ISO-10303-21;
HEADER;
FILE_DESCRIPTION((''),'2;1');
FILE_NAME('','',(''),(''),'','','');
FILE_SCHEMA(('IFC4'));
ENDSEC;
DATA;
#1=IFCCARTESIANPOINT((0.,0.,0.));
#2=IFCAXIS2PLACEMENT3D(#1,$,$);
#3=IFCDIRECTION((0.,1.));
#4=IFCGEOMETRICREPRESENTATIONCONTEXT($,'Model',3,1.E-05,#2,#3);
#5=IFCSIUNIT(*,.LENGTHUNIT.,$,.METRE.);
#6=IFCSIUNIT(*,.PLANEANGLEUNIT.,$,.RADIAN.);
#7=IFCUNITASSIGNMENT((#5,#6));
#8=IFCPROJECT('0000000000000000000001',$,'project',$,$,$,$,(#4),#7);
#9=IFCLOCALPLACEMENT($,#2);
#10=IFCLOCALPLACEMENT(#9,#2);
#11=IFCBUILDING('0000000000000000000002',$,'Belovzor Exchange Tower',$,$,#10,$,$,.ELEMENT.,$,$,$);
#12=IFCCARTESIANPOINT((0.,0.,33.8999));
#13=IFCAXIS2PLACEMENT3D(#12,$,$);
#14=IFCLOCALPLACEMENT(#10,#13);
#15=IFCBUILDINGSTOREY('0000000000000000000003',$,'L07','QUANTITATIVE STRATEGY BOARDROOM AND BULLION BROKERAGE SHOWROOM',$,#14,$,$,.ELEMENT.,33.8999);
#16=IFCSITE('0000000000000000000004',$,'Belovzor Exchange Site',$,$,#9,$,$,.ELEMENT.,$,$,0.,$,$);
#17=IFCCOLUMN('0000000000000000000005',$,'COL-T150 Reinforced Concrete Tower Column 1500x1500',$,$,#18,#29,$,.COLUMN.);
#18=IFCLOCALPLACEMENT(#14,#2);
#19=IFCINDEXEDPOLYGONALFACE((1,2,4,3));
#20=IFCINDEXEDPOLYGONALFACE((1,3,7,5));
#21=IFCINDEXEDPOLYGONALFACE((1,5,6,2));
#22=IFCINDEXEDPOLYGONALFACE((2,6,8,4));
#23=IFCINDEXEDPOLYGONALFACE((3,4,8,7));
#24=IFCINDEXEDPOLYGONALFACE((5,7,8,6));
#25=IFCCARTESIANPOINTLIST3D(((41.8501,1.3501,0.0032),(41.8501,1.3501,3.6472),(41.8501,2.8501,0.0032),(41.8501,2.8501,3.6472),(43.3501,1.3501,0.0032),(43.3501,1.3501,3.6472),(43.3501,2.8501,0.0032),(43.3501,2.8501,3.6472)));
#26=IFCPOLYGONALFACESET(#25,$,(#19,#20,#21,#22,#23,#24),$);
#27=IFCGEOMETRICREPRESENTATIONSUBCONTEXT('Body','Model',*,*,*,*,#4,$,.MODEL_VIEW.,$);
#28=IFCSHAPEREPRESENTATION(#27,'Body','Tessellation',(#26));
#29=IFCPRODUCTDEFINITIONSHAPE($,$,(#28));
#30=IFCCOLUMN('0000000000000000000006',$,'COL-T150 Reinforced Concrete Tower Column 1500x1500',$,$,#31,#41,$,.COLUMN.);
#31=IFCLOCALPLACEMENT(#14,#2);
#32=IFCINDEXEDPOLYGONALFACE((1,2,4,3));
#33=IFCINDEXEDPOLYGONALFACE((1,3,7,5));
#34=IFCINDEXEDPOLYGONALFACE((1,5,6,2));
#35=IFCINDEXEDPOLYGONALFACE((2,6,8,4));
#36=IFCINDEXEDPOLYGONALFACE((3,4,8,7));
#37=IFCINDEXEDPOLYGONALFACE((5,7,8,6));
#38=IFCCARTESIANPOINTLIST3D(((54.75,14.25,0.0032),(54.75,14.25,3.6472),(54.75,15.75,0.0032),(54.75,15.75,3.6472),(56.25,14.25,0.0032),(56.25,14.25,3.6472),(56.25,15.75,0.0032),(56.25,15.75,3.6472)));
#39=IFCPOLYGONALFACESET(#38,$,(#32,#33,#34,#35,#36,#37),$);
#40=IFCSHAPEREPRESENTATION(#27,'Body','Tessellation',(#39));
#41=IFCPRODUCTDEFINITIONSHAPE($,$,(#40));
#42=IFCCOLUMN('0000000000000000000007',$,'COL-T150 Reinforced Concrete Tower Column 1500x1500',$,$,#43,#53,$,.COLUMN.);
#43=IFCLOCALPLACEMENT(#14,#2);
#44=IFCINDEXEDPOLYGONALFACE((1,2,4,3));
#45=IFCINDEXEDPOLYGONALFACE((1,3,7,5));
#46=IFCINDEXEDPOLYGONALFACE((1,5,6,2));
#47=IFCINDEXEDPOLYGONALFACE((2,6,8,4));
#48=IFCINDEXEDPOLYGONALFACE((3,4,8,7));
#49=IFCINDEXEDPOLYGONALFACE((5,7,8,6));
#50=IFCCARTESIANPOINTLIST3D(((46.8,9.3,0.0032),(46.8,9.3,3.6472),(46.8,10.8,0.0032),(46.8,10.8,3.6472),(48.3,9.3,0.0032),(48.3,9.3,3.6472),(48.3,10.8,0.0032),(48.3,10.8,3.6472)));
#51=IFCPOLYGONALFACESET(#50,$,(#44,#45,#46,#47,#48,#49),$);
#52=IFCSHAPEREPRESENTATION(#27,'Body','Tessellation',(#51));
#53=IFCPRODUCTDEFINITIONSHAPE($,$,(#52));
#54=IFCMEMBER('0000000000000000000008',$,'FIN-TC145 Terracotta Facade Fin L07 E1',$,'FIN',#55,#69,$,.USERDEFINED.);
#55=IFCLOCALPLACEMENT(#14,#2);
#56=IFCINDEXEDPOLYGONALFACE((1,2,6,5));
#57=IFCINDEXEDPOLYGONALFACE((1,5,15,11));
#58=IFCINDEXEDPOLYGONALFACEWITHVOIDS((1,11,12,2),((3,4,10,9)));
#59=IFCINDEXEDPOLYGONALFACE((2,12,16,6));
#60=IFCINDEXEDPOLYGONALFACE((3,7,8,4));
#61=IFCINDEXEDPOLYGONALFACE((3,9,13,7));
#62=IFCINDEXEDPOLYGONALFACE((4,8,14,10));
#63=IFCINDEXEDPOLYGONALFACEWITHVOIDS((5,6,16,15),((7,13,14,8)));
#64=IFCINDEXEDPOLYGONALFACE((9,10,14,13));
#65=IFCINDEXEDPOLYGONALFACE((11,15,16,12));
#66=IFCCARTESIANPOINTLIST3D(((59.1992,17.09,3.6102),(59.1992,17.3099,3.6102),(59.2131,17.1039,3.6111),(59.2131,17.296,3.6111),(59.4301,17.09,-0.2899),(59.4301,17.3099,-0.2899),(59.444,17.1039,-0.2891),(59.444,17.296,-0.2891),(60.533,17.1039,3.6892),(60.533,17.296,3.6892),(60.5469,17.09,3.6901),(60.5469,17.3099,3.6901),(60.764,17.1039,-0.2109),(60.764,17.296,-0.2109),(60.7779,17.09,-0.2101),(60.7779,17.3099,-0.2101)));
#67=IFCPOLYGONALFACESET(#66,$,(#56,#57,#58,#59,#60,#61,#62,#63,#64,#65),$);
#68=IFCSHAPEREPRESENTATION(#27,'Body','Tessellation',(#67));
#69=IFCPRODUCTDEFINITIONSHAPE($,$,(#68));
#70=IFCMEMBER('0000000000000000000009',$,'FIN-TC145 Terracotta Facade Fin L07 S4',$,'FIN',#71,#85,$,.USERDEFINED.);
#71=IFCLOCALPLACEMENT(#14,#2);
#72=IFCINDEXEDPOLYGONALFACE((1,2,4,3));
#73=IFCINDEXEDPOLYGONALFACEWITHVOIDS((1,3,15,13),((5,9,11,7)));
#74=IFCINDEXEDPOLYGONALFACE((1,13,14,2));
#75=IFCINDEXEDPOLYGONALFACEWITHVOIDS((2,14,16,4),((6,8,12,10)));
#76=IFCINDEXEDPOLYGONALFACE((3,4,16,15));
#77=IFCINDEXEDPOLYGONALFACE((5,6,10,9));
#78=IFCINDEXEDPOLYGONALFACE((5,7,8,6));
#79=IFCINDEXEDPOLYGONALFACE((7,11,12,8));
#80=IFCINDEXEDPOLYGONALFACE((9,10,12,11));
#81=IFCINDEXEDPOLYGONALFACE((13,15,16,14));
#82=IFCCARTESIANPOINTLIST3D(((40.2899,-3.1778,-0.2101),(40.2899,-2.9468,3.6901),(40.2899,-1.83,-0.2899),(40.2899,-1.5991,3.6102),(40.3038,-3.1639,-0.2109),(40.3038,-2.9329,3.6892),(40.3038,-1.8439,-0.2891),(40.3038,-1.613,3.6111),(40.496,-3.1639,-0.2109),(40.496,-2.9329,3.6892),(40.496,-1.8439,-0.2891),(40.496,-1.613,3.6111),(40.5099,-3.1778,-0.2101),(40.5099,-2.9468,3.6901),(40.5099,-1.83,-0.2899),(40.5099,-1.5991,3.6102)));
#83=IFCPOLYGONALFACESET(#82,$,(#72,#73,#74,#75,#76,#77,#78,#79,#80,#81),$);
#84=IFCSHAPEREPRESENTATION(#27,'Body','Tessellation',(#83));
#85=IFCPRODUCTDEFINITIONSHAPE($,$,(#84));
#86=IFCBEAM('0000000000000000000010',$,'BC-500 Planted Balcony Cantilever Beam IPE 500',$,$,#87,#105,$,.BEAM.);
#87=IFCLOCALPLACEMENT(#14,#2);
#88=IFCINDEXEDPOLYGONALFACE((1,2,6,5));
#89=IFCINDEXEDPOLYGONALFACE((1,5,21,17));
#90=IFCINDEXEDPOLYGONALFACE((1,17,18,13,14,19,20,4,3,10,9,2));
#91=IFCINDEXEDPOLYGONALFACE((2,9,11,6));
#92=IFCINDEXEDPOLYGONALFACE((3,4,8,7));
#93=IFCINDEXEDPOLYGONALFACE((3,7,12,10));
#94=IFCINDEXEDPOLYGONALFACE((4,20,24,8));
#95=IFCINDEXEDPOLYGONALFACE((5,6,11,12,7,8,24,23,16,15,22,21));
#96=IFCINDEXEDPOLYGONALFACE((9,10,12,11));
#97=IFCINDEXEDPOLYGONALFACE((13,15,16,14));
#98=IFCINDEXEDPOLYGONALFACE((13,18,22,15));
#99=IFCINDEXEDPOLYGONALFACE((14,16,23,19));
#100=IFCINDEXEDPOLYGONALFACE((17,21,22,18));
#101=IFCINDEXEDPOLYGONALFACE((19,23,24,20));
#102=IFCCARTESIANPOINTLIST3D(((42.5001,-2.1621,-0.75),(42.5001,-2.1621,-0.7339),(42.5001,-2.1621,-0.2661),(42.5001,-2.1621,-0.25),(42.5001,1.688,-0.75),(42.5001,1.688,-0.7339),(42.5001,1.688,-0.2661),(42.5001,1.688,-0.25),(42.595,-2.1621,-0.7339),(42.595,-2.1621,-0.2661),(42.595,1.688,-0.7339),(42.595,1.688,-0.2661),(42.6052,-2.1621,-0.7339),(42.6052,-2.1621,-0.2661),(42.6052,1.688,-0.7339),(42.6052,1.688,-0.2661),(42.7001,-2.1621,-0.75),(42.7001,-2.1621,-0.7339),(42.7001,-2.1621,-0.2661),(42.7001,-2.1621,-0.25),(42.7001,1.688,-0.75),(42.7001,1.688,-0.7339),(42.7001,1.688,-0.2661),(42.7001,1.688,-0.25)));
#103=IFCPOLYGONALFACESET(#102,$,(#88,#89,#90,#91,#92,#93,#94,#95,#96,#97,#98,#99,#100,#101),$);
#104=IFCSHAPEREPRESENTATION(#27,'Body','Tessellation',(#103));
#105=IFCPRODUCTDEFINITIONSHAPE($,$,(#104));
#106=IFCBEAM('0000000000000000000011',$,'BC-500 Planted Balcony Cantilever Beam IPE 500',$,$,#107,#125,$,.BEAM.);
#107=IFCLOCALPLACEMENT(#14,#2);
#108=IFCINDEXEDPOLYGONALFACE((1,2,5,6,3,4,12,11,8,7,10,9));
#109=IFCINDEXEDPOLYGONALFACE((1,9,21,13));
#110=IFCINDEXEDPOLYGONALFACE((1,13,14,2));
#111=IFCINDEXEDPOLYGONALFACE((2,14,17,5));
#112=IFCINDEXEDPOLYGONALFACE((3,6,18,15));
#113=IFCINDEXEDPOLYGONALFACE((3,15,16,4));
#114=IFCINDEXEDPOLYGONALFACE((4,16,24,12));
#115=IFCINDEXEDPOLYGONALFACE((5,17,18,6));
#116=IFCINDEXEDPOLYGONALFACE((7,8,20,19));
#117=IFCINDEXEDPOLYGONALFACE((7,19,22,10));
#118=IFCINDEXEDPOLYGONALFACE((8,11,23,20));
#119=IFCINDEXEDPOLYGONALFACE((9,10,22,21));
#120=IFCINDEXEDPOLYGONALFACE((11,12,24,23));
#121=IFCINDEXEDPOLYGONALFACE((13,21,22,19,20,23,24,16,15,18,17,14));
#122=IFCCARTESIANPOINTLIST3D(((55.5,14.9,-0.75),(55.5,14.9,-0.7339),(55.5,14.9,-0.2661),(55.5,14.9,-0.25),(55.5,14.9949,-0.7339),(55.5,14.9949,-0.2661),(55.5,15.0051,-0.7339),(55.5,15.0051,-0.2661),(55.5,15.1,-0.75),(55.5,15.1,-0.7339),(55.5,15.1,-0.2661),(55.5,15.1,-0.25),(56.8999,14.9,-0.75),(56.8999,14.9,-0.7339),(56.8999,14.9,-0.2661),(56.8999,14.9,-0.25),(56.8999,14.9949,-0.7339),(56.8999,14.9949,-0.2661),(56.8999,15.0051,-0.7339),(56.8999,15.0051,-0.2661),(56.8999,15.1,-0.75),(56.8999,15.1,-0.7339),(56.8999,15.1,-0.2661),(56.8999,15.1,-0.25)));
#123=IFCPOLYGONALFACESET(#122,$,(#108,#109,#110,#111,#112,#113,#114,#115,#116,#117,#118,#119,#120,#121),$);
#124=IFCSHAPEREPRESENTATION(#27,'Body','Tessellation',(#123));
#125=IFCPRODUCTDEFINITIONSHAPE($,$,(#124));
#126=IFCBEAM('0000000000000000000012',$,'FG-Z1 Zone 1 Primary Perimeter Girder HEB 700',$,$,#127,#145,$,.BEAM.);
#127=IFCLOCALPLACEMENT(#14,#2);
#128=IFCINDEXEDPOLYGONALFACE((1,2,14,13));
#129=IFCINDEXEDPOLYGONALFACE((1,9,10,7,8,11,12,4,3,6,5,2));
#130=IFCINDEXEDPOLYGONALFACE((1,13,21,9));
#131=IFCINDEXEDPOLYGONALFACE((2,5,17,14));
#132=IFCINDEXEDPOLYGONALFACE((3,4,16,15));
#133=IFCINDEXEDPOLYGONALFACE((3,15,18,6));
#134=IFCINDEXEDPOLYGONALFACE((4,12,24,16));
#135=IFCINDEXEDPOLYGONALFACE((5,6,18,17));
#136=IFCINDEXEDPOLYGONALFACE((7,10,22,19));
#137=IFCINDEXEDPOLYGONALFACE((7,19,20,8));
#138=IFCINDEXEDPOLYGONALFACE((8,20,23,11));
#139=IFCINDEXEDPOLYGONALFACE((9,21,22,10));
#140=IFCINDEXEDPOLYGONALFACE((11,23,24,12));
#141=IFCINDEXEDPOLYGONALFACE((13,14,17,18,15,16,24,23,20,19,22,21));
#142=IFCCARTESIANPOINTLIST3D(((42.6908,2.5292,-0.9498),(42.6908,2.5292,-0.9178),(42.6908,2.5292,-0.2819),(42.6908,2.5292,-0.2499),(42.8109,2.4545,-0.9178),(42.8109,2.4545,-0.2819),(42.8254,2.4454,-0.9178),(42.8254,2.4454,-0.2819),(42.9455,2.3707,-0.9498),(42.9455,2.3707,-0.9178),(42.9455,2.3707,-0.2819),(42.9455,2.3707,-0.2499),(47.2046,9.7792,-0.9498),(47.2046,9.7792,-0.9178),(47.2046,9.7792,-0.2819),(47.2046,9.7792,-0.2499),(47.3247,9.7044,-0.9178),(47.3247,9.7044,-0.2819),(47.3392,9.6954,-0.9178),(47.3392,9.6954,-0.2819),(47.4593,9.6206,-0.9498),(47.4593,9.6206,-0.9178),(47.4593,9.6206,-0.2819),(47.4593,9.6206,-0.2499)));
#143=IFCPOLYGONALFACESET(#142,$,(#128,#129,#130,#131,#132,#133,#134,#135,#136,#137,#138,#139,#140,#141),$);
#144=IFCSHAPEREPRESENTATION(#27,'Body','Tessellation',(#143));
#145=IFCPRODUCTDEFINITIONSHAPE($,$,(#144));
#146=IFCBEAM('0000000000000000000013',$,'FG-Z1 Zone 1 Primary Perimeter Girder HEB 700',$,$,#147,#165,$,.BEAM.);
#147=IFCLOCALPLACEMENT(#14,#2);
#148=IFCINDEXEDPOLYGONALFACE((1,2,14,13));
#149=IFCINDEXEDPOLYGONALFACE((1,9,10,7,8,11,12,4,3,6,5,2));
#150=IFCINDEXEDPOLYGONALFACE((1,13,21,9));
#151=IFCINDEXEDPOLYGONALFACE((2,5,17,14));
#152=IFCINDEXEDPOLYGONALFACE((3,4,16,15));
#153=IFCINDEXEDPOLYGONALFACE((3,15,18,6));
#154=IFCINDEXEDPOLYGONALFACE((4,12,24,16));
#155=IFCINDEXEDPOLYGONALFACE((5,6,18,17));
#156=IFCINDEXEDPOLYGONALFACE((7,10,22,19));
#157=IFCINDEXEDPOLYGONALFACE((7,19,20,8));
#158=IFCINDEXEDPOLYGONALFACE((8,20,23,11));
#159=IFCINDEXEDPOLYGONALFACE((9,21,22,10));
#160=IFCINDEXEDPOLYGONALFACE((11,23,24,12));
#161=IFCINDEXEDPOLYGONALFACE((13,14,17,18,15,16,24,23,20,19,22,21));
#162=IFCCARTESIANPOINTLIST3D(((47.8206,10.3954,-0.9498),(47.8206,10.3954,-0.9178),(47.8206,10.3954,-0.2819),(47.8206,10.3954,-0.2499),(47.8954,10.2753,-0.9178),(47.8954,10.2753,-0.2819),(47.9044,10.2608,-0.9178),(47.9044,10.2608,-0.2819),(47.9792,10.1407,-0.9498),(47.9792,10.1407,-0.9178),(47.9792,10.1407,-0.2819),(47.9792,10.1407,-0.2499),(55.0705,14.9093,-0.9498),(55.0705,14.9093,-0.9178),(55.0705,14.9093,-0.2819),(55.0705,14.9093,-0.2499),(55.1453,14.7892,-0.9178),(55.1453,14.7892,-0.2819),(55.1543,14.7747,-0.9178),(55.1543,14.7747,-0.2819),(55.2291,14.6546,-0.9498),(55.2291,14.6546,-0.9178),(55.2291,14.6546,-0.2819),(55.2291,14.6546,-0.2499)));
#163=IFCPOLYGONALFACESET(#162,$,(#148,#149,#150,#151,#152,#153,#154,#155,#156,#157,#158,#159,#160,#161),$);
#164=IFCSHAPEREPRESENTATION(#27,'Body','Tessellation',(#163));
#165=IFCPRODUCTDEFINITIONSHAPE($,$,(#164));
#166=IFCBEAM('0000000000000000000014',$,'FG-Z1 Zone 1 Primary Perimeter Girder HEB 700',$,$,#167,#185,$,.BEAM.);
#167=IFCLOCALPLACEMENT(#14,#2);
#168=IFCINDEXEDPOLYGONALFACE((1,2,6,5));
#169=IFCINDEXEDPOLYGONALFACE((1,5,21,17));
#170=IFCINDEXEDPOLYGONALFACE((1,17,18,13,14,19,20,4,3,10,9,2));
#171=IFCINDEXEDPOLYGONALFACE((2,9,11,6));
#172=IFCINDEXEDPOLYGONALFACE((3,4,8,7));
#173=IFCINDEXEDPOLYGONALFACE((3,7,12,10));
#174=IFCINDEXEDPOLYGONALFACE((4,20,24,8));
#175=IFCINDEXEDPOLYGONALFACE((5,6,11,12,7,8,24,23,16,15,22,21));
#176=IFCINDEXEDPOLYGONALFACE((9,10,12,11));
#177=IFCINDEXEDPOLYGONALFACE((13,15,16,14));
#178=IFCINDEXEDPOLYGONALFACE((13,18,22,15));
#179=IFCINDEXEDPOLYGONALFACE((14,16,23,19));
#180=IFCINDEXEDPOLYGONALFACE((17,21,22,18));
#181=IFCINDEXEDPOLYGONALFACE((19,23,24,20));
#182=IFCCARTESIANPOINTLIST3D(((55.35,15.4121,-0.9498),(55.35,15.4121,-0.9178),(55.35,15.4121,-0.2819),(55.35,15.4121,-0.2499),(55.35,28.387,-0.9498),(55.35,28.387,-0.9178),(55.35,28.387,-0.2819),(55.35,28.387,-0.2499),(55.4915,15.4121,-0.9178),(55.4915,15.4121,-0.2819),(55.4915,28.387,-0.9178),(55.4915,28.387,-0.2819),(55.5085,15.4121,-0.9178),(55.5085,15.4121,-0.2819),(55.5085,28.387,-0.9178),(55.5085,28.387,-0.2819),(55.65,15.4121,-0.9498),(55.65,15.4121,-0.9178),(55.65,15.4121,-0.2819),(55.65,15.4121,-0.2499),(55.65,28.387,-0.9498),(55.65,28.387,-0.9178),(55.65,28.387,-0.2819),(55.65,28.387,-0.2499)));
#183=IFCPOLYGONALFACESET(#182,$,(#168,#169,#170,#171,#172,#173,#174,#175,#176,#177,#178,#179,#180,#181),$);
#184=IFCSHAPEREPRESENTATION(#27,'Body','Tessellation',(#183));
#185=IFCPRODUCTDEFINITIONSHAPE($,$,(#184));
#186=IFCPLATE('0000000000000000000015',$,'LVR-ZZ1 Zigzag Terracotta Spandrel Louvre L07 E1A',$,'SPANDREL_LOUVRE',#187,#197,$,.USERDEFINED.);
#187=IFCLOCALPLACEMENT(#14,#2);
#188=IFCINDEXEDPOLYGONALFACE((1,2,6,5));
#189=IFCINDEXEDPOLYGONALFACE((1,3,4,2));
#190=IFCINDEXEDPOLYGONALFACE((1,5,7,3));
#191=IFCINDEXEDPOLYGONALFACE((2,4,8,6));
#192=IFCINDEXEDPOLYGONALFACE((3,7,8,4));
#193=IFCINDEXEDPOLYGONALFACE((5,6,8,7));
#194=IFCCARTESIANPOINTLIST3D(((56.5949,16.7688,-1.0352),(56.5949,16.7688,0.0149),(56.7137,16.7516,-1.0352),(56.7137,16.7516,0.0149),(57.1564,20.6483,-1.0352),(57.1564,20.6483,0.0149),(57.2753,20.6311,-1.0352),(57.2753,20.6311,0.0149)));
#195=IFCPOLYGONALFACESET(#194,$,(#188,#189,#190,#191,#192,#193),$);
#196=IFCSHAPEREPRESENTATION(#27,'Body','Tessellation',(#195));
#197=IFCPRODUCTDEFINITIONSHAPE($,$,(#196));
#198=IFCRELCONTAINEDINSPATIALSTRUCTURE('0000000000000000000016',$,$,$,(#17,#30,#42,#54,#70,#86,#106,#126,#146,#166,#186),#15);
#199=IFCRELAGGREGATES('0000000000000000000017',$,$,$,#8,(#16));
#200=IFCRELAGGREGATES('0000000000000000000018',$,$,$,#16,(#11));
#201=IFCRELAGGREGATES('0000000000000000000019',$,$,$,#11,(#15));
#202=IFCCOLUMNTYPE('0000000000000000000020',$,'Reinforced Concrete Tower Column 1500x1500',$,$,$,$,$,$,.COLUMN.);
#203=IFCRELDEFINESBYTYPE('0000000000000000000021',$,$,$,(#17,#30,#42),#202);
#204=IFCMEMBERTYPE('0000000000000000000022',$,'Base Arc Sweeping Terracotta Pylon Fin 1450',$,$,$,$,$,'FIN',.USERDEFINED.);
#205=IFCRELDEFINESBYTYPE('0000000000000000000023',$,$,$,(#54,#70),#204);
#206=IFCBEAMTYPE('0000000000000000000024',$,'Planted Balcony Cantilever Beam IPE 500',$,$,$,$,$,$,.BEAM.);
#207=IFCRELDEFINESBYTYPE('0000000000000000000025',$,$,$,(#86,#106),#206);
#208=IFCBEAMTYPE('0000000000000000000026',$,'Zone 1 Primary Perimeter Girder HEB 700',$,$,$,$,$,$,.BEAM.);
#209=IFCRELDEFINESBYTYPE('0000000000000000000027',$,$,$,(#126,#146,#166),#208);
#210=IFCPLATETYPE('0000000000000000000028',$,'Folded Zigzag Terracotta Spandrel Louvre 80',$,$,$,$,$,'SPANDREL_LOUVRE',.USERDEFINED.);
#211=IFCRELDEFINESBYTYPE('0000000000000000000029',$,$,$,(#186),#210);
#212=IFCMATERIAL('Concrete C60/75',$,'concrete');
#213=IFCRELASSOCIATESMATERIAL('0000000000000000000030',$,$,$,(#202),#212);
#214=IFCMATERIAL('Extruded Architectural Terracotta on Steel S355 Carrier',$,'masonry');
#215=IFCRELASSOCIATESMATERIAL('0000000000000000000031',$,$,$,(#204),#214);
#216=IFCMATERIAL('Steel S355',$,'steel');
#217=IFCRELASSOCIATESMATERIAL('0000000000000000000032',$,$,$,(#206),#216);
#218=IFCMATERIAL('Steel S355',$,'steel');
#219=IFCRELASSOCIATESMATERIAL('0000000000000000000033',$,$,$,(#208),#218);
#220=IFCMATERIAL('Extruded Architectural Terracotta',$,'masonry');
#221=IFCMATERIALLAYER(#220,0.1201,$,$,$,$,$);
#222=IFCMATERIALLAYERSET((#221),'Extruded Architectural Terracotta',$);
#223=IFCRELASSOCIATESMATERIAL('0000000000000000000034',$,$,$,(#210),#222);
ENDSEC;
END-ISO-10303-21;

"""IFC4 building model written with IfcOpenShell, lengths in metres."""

from ifc_helpers import new_model, si_unit, direction, frame, origin, origin_2d, place, context, subcontext, project, spatial, rectangle, hollow_rectangle, i_section, extrude, material, layer, layer_set, material_profile, profile_set, type_object, element, save


model = new_model("IFC4")

# Units and contexts
model_context = context("Model", 3, precision=1e-05, world=origin(), true_north=direction((0.0, 1.0)))
body_context = subcontext(model_context, "Body", "Model", "MODEL_VIEW")
ifc_project = project(units=[si_unit("LENGTHUNIT", "METRE"), si_unit("PLANEANGLEUNIT", "RADIAN")], contexts=[model_context])

# Site, building, storey
site_placement = place(None, origin())
site = spatial("IfcSite", under=ifc_project, at=site_placement, Name="Belovzor Exchange Site", CompositionType="ELEMENT", RefElevation=0.0)
building_placement = place(site_placement, origin())
building = spatial("IfcBuilding", under=site, at=building_placement, Name="Belovzor Exchange Tower", CompositionType="ELEMENT")
storey_placement = place(building_placement, frame((0.0, 0.0, 33.8999)))
storey = spatial("IfcBuildingStorey", under=building, at=storey_placement, Name="L07", Description="QUANTITATIVE STRATEGY BOARDROOM AND BULLION BROKERAGE SHOWROOM", CompositionType="ELEMENT", Elevation=33.8999)

# Columns
ifc_material_1 = material(Name="Concrete C60/75", Category="concrete")
ifc_material_profile_1 = material_profile(ifc_material_1, rectangle(XDim=1.5, YDim=1.5, at=origin_2d()))
ifc_profile_set_1 = profile_set([ifc_material_profile_1], Name="Concrete C60/75")
column_type = type_object("IfcColumnType", Name="Reinforced Concrete Tower Column 1500x1500", PredefinedType="COLUMN", material=ifc_profile_set_1)
for number, where, z_axis, x_axis, name in (
    (1, (42.6001, 2.1001, 0.0032), (0.0, 0.0, 1.0), (1.0, 0.0, 0.0), "COL-T150 Reinforced Concrete Tower Column 1500x1500"),
    (2, (55.5, 15.0, 0.0032), (0.0, 0.0, 1.0), (1.0, 0.0, 0.0), "COL-T150 Reinforced Concrete Tower Column 1500x1500"),
    (3, (47.55, 10.05, 0.0032), (0.0, 0.0, 1.0), (1.0, 0.0, 0.0), "COL-T150 Reinforced Concrete Tower Column 1500x1500"),
):
    element("IfcColumn", number, at=place(storey_placement, frame(where, z_axis=z_axis, x_axis=x_axis)), inside=storey, type_object=column_type, Name=name, PredefinedType="COLUMN", context=body_context, shape_type="SweptSolid", body=[
        extrude(rectangle(XDim=1.5, YDim=1.5, at=origin_2d()), origin(), (0.0, 0.0, 1.0), 3.644),
    ])

# Members
ifc_material_2 = material(Name="Extruded Architectural Terracotta on Steel S355 Carrier", Category="masonry")
ifc_material_profile_2 = material_profile(ifc_material_2, hollow_rectangle(XDim=0.22, YDim=1.3501, WallThickness=0.0139, at=origin_2d()))
ifc_profile_set_2 = profile_set([ifc_material_profile_2], Name="Extruded Architectural Terracotta on Steel S355 Carrier")
member_type = type_object("IfcMemberType", Name="Base Arc Sweeping Terracotta Pylon Fin 1450", ElementType="FIN", PredefinedType="USERDEFINED", material=ifc_profile_set_2)
for number, where, z_axis, x_axis, name in (
    (4, (60.104, 17.2, -0.25), (-0.059114, 0.0, 0.998251), (0.0, -1.0, 0.0), "FIN-TC145 Terracotta Facade Fin L07 E1"),
    (5, (40.3999, -2.5039, -0.25), (0.0, 0.059114, 0.998251), (-1.0, 0.0, 0.0), "FIN-TC145 Terracotta Facade Fin L07 S4"),
):
    element("IfcMember", number, at=place(storey_placement, frame(where, z_axis=z_axis, x_axis=x_axis)), inside=storey, type_object=member_type, Name=name, ObjectType="FIN", PredefinedType="USERDEFINED", context=body_context, shape_type="SweptSolid", body=[
        extrude(hollow_rectangle(XDim=0.22, YDim=1.3501, WallThickness=0.0139, at=origin_2d()), origin(), (0.0, 0.0, 1.0), 3.907),
    ])

# Beams
ifc_material_3 = material(Name="Steel S355", Category="steel")
ifc_material_profile_3 = material_profile(ifc_material_3, i_section(OverallWidth=0.2, OverallDepth=0.5, WebThickness=0.0103, FlangeThickness=0.0161, at=origin_2d()))
ifc_profile_set_3 = profile_set([ifc_material_profile_3], Name="Steel S355")
beam_type_1 = type_object("IfcBeamType", Name="Planted Balcony Cantilever Beam IPE 500", PredefinedType="BEAM", material=ifc_profile_set_3)
beam_1_placement = place(storey_placement, frame((42.6001, 1.688, -0.5), z_axis=(0.0, -1.0, 0.0), x_axis=(1.0, 0.0, 0.0)))
element("IfcBeam", 6, at=beam_1_placement, inside=storey, type_object=beam_type_1, Name="BC-500 Planted Balcony Cantilever Beam IPE 500", PredefinedType="BEAM", context=body_context, shape_type="SweptSolid", body=[
    extrude(i_section(OverallWidth=0.2, OverallDepth=0.5, WebThickness=0.0103, FlangeThickness=0.0161, at=origin_2d()), origin(), (0.0, 0.0, 1.0), 3.8501),
])
beam_2_placement = place(storey_placement, frame((55.5, 15.0, -0.5), z_axis=(1.0, 0.0, 0.0), x_axis=(0.0, 1.0, 0.0)))
element("IfcBeam", 7, at=beam_2_placement, inside=storey, type_object=beam_type_1, Name="BC-500 Planted Balcony Cantilever Beam IPE 500", PredefinedType="BEAM", context=body_context, shape_type="SweptSolid", body=[
    extrude(i_section(OverallWidth=0.2, OverallDepth=0.5, WebThickness=0.0103, FlangeThickness=0.0161, at=origin_2d()), origin(), (0.0, 0.0, 1.0), 1.3999),
])
ifc_material_4 = material(Name="Steel S355", Category="steel")
ifc_material_profile_4 = material_profile(ifc_material_4, i_section(OverallWidth=0.3, OverallDepth=0.7, WebThickness=0.0171, FlangeThickness=0.032, at=origin_2d()))
ifc_profile_set_4 = profile_set([ifc_material_profile_4], Name="Steel S355")
beam_type_2 = type_object("IfcBeamType", Name="Zone 1 Primary Perimeter Girder HEB 700", PredefinedType="BEAM", material=ifc_profile_set_4)
for number, where, z_axis, x_axis, name in (
    (8, (42.8181, 2.45, -0.5999), (0.528539, 0.848909, 0.0), (-0.848909, 0.528539, 0.0), "FG-Z1 Zone 1 Primary Perimeter Girder HEB 700"),
    (9, (47.8999, 10.2681, -0.5999), (0.848909, 0.528539, 0.0), (-0.528539, 0.848909, 0.0), "FG-Z1 Zone 1 Primary Perimeter Girder HEB 700"),
):
    element("IfcBeam", number, at=place(storey_placement, frame(where, z_axis=z_axis, x_axis=x_axis)), inside=storey, type_object=beam_type_2, Name=name, PredefinedType="BEAM", context=body_context, shape_type="SweptSolid", body=[
        extrude(i_section(OverallWidth=0.3, OverallDepth=0.7, WebThickness=0.0171, FlangeThickness=0.032, at=origin_2d()), origin(), (0.0, 0.0, 1.0), 8.5403),
    ])
beam_3_placement = place(storey_placement, frame((55.5, 15.4121, -0.5999), z_axis=(0.0, 1.0, 0.0), x_axis=(-1.0, 0.0, 0.0)))
element("IfcBeam", 10, at=beam_3_placement, inside=storey, type_object=beam_type_2, Name="FG-Z1 Zone 1 Primary Perimeter Girder HEB 700", PredefinedType="BEAM", context=body_context, shape_type="SweptSolid", body=[
    extrude(i_section(OverallWidth=0.3, OverallDepth=0.7, WebThickness=0.0171, FlangeThickness=0.032, at=origin_2d()), origin(), (0.0, 0.0, 1.0), 12.9749),
])

# Plate
ifc_material_5 = material(Name="Extruded Architectural Terracotta", Category="masonry")
ifc_layer_1 = layer(ifc_material_5, 0.1201)
ifc_layer_set_1 = layer_set([ifc_layer_1], Name="Extruded Architectural Terracotta")
plate_type = type_object("IfcPlateType", Name="Folded Zigzag Terracotta Spandrel Louvre 80", ElementType="SPANDREL_LOUVRE", PredefinedType="USERDEFINED", material=ifc_layer_set_1)
plate_placement = place(storey_placement, frame((56.9351, 18.7, -1.0352), z_axis=(0.0, 0.0, 1.0), x_axis=(0.143251, 0.989686, 0.0)))
element("IfcPlate", 11, at=plate_placement, inside=storey, type_object=plate_type, Name="LVR-ZZ1 Zigzag Terracotta Spandrel Louvre L07 E1A", ObjectType="SPANDREL_LOUVRE", PredefinedType="USERDEFINED", context=body_context, shape_type="SweptSolid", body=[
    extrude(rectangle(XDim=3.9199, YDim=0.1201, at=origin_2d()), origin(), (0.0, 0.0, 1.0), 1.05),
])

save(model, "model.ifc")
